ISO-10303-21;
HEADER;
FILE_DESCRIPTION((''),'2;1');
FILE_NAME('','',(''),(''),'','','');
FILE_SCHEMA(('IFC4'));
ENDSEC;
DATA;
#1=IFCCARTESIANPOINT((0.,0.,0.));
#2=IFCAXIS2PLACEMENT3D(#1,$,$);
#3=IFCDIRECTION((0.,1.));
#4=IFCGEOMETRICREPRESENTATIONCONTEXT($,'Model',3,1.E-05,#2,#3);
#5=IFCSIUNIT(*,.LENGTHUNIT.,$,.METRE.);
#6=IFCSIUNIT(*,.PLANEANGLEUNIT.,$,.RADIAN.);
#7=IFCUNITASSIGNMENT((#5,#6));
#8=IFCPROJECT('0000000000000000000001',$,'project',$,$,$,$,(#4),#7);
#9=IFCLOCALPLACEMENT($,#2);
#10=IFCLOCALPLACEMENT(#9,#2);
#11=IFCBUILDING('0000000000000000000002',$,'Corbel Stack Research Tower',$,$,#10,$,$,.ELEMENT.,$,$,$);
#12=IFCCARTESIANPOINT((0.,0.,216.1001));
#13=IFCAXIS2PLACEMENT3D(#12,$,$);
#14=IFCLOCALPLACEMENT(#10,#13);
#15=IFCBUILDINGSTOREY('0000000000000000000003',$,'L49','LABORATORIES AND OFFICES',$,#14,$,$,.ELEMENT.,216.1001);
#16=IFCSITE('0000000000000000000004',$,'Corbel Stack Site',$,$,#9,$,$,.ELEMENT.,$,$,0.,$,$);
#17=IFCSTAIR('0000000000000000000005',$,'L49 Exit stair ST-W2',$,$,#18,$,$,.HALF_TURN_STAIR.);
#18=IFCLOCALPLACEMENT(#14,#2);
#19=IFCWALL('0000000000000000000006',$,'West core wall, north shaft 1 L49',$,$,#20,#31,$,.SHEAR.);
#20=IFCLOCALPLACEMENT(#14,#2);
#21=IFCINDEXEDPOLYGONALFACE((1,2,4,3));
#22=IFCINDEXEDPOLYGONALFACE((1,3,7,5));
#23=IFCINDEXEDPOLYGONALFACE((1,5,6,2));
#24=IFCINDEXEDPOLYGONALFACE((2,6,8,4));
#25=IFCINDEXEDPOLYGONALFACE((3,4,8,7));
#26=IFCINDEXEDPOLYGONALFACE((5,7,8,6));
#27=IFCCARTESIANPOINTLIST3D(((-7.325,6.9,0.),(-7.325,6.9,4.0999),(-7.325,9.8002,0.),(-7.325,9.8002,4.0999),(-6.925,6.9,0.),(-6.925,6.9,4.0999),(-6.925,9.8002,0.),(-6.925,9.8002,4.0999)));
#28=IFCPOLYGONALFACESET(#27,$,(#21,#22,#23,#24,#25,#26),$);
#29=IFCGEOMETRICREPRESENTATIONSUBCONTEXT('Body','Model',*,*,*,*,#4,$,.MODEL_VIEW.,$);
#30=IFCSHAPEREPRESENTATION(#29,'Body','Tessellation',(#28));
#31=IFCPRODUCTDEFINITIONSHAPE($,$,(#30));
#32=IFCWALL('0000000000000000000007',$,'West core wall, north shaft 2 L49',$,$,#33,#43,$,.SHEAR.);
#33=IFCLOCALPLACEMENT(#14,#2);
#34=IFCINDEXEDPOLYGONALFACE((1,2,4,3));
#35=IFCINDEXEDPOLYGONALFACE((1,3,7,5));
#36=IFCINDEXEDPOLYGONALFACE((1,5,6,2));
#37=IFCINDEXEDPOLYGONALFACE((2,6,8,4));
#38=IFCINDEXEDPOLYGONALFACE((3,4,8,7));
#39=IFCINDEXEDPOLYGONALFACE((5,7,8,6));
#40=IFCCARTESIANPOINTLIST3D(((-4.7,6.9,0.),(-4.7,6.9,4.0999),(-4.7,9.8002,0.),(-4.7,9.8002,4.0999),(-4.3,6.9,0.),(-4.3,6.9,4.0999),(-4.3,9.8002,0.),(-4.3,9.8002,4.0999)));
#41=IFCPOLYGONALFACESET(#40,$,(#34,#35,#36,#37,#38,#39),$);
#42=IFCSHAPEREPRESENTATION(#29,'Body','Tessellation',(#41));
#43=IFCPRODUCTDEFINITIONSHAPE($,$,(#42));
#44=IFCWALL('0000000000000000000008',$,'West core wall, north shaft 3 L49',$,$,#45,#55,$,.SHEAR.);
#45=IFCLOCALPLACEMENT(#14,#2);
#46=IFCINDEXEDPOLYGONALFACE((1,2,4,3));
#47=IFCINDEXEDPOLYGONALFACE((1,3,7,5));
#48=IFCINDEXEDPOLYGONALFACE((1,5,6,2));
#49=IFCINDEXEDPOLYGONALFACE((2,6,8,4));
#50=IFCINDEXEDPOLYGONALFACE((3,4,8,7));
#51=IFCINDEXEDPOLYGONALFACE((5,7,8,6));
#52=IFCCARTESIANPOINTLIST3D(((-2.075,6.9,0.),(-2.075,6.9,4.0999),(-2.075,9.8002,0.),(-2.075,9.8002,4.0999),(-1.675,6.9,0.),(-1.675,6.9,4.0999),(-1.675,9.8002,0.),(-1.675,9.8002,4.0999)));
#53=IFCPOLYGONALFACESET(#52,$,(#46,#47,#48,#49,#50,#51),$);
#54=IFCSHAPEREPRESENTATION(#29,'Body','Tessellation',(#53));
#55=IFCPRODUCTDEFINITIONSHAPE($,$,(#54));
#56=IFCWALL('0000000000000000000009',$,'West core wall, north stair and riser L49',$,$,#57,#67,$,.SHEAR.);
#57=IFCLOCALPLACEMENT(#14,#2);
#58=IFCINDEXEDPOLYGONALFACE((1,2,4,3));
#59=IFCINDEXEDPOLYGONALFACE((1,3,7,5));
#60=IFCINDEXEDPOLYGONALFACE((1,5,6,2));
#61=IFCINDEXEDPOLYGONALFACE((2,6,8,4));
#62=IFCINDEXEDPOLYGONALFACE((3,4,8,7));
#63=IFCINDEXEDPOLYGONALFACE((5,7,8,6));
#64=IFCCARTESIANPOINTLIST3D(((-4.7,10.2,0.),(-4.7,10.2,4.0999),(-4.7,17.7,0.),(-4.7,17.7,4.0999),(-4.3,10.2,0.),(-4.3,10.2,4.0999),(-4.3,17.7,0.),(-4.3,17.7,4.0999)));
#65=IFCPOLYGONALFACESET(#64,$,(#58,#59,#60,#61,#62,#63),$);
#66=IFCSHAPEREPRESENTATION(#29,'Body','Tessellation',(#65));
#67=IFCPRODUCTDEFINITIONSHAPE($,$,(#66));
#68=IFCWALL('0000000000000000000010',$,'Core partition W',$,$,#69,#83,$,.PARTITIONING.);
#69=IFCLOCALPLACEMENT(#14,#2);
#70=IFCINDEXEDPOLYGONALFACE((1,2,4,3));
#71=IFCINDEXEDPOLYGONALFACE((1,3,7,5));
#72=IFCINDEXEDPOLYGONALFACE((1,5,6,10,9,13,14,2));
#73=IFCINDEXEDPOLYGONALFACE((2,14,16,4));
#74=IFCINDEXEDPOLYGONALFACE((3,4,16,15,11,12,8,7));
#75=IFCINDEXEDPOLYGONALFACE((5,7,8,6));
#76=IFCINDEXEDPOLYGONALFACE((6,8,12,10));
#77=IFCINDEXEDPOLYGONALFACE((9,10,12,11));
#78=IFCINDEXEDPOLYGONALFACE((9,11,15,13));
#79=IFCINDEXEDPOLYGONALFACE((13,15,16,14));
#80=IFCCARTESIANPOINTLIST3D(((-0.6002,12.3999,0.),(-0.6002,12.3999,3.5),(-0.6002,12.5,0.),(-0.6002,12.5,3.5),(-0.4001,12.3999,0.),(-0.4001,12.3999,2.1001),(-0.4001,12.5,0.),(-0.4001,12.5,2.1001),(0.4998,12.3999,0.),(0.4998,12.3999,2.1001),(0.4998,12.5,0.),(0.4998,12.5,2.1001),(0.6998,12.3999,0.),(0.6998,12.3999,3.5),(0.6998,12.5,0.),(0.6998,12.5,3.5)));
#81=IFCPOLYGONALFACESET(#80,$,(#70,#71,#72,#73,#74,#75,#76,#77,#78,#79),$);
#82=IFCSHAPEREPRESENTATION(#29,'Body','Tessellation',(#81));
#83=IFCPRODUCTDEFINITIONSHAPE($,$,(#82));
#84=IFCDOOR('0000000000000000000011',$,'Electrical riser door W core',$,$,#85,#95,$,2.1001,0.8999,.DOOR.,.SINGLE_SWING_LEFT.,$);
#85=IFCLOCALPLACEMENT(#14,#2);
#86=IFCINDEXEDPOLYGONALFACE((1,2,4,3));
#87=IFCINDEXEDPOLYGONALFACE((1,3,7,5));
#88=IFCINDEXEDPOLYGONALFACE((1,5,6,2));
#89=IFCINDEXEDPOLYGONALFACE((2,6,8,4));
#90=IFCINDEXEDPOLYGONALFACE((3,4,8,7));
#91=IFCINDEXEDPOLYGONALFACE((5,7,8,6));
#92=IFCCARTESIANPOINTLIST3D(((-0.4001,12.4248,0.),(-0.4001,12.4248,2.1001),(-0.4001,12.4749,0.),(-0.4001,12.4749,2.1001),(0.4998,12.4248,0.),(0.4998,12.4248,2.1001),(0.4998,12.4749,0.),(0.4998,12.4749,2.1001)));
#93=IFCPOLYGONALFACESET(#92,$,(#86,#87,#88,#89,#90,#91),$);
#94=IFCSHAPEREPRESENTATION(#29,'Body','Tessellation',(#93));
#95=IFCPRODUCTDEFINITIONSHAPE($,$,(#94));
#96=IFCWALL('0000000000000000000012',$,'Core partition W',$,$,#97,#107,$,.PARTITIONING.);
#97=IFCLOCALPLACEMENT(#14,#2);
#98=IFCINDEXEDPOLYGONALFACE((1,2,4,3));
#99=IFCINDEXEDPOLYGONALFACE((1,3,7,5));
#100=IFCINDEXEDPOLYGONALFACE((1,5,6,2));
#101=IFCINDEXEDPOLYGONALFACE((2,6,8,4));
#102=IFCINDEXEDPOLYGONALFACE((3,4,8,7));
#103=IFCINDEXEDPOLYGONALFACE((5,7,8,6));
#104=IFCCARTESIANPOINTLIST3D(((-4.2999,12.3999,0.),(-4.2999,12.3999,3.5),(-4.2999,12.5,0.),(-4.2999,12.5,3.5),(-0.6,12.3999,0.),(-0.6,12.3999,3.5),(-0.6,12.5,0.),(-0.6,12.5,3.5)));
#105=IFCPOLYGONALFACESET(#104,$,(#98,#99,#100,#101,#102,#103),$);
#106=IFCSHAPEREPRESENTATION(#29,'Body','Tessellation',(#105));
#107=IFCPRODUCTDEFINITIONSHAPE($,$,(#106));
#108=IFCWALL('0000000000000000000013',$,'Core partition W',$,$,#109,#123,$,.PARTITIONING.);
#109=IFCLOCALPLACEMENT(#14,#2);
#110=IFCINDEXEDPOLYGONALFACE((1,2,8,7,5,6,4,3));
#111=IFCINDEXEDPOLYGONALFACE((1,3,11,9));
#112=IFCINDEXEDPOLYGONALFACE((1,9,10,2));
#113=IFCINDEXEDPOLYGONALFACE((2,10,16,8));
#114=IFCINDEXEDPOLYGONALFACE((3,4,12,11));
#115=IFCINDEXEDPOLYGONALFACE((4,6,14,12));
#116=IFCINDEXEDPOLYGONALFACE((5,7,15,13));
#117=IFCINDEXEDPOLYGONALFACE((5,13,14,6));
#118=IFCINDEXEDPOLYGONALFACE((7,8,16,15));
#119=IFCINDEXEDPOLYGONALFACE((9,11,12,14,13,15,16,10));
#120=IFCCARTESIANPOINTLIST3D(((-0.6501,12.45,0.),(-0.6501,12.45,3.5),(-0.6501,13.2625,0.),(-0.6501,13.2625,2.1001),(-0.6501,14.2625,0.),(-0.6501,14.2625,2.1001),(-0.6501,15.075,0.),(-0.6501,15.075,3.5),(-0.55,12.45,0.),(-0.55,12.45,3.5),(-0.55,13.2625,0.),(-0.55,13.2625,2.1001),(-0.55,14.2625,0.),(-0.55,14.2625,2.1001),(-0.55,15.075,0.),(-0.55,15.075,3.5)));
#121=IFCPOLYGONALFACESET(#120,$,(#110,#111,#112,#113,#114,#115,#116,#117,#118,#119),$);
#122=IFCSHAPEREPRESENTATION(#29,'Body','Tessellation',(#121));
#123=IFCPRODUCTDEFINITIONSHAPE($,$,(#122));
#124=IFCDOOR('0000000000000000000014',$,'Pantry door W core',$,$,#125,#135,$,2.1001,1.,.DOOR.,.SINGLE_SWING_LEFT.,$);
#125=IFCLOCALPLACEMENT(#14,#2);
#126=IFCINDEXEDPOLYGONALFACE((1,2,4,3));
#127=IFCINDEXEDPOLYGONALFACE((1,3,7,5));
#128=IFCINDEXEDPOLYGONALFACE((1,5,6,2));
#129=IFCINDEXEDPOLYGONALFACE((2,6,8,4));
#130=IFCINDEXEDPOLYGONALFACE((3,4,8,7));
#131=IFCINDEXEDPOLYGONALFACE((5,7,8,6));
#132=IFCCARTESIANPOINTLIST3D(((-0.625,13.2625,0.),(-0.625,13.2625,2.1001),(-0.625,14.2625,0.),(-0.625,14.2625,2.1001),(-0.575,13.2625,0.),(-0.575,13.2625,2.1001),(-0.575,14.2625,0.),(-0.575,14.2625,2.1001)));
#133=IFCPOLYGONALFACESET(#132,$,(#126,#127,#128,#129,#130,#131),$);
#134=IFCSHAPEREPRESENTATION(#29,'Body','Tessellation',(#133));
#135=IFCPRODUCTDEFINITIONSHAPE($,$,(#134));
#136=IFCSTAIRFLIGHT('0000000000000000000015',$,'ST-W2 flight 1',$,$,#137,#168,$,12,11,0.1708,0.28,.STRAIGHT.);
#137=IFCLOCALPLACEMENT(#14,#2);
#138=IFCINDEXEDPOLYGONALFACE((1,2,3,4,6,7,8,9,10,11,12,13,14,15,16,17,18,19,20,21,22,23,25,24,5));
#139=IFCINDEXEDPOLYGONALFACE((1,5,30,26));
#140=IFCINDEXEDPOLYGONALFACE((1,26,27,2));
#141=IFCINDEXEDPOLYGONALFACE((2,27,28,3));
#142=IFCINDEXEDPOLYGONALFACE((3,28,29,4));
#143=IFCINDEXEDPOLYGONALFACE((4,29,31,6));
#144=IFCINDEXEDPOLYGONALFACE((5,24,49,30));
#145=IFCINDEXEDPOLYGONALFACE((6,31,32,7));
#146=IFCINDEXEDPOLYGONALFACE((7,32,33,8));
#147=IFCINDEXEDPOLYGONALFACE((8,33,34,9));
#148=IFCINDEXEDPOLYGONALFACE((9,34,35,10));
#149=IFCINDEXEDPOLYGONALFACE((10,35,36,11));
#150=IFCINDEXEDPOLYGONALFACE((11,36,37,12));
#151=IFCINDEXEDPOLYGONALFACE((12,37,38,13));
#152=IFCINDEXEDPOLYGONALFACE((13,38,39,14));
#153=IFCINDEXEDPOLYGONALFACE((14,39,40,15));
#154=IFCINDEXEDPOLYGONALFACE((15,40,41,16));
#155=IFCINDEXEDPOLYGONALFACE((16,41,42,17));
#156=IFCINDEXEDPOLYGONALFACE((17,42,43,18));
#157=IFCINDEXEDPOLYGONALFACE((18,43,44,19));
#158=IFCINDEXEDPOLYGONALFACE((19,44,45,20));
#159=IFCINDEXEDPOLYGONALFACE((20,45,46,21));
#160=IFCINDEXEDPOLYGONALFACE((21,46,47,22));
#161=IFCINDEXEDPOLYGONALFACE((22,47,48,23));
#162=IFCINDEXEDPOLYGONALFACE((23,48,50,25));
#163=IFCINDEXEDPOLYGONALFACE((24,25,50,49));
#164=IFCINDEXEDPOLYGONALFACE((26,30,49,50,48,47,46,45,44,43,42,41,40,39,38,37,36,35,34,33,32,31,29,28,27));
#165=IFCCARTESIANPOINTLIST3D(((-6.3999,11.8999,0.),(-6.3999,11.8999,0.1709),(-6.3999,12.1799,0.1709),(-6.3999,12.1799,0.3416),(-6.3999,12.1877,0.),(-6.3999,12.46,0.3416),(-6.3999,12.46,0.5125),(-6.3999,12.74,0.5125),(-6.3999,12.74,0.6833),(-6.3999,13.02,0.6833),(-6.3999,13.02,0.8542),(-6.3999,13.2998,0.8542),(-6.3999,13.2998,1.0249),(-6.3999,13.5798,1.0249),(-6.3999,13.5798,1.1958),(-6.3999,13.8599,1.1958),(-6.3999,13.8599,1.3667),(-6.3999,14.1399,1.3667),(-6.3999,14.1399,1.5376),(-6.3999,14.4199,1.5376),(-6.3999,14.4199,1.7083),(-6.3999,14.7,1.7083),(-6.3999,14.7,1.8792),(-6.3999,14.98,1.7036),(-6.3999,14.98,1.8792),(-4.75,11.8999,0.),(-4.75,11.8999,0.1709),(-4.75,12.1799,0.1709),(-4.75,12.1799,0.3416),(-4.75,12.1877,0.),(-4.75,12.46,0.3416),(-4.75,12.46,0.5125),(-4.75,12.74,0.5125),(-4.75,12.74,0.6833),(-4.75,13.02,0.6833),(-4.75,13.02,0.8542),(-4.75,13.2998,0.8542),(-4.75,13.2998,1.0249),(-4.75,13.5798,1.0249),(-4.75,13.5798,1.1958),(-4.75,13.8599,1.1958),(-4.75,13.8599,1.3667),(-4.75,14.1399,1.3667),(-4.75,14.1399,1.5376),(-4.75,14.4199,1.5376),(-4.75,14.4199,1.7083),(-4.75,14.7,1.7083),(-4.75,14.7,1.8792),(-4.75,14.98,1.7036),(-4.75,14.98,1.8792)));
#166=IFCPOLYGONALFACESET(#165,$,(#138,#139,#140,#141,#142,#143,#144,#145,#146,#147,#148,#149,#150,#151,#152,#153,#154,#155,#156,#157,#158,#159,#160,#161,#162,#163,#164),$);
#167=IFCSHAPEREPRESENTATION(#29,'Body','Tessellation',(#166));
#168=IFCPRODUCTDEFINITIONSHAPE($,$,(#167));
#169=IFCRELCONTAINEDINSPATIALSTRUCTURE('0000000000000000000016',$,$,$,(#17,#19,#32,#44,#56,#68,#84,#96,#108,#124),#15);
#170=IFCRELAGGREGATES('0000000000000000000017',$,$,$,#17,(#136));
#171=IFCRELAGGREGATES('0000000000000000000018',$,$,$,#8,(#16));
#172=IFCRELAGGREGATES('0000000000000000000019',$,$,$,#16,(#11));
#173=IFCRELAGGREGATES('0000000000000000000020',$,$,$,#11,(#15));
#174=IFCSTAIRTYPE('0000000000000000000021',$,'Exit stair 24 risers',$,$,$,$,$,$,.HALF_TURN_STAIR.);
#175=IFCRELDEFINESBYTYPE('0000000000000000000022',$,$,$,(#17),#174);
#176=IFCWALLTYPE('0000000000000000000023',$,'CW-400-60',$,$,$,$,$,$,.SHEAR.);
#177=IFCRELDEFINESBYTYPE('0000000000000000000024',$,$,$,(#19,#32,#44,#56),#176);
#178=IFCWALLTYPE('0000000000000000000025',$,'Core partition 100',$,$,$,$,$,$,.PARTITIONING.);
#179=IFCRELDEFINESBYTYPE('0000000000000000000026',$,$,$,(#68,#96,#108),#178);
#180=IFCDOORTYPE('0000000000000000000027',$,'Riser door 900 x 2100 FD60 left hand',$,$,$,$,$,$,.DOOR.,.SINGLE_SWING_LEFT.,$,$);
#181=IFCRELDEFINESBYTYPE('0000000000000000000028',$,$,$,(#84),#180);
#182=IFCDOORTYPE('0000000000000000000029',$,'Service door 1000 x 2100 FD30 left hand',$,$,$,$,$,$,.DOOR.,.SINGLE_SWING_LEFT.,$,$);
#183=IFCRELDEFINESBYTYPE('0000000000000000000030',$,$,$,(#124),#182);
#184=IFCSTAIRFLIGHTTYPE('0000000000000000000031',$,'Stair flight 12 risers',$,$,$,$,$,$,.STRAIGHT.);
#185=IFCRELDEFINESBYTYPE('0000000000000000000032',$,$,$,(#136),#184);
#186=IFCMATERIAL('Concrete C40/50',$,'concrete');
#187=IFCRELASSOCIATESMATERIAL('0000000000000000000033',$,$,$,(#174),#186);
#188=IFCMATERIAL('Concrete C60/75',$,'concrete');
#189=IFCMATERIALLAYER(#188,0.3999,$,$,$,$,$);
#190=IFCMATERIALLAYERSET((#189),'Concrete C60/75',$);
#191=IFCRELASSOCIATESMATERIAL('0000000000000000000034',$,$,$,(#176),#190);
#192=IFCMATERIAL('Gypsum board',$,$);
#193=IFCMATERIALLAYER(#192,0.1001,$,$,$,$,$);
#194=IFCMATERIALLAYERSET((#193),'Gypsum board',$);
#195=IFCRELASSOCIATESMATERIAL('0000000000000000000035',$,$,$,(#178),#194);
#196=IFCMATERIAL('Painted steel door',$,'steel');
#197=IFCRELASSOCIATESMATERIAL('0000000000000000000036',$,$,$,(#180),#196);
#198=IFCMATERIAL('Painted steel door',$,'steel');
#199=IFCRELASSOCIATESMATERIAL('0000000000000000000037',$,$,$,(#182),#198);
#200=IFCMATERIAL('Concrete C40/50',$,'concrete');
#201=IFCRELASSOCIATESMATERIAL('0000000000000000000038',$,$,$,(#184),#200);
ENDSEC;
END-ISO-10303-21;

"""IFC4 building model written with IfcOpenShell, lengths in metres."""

from ifc_helpers import new_model, si_unit, direction, frame, frame_2d, origin, place, context, subcontext, project, spatial, polyline, rectangle, outline, extrude, material, layer, layer_set, type_object, element, fill, aggregate, save


model = new_model("IFC4")

# Units and contexts
model_context = context("Model", 3, precision=1e-05, world=origin(), true_north=direction((0.0, 1.0)))
body_context = subcontext(model_context, "Body", "Model", "MODEL_VIEW")
ifc_project = project(units=[si_unit("LENGTHUNIT", "METRE"), si_unit("PLANEANGLEUNIT", "RADIAN")], contexts=[model_context])

# Site, building, storey
site_placement = place(None, origin())
site = spatial("IfcSite", under=ifc_project, at=site_placement, Name="Corbel Stack Site", CompositionType="ELEMENT", RefElevation=0.0)
building_placement = place(site_placement, origin())
building = spatial("IfcBuilding", under=site, at=building_placement, Name="Corbel Stack Research Tower", CompositionType="ELEMENT")
storey_placement = place(building_placement, frame((0.0, 0.0, 216.1001)))
storey = spatial("IfcBuildingStorey", under=building, at=storey_placement, Name="L49", Description="LABORATORIES AND OFFICES", CompositionType="ELEMENT", Elevation=216.1001)

# Stair
ifc_material_1 = material(Name="Concrete C40/50", Category="concrete")
stair_type = type_object("IfcStairType", Name="Exit stair 24 risers", PredefinedType="HALF_TURN_STAIR", material=ifc_material_1)
stair_1_placement = place(storey_placement, origin())
stair_1 = element("IfcStair", 1, at=stair_1_placement, inside=storey, type_object=stair_type, Name="L49 Exit stair ST-W2", PredefinedType="HALF_TURN_STAIR")

# Walls
ifc_material_2 = material(Name="Concrete C60/75", Category="concrete")
ifc_layer_1 = layer(ifc_material_2, 0.3999)
ifc_layer_set_1 = layer_set([ifc_layer_1], Name="Concrete C60/75")
wall_type_1 = type_object("IfcWallType", Name="CW-400-60", PredefinedType="SHEAR", material=ifc_layer_set_1)
for number, where, z_axis, x_axis, name in (
    (2, (-7.125, 6.8999, 0.0), (0.0, 0.0, 1.0), (0.0, 1.0, 0.0), "West core wall, north shaft 1 L49"),
    (3, (-4.5, 6.8999, 0.0), (0.0, 0.0, 1.0), (0.0, 1.0, 0.0), "West core wall, north shaft 2 L49"),
    (4, (-1.875, 6.8999, 0.0), (0.0, 0.0, 1.0), (0.0, 1.0, 0.0), "West core wall, north shaft 3 L49"),
):
    element("IfcWall", number, at=place(storey_placement, frame(where, z_axis=z_axis, x_axis=x_axis)), inside=storey, type_object=wall_type_1, Name=name, PredefinedType="SHEAR", context=body_context, shape_type="SweptSolid", body=[
        extrude(rectangle(XDim=2.9001, YDim=0.3999, at=frame_2d((1.4502, 0.0))), origin(), (0.0, 0.0, 1.0), 4.0999),
    ])
wall_1_placement = place(storey_placement, frame((-4.5, 10.2, 0.0), z_axis=(0.0, 0.0, 1.0), x_axis=(0.0, 1.0, 0.0)))
element("IfcWall", 5, at=wall_1_placement, inside=storey, type_object=wall_type_1, Name="West core wall, north stair and riser L49", PredefinedType="SHEAR", context=body_context, shape_type="SweptSolid", body=[
    extrude(rectangle(XDim=7.5, YDim=0.3999, at=frame_2d((3.75, 0.0))), origin(), (0.0, 0.0, 1.0), 4.0999),
])

# Wall, opening, door
ifc_material_3 = material(Name="Gypsum board")
ifc_layer_2 = layer(ifc_material_3, 0.1001)
ifc_layer_set_2 = layer_set([ifc_layer_2], Name="Gypsum board")
wall_type_2 = type_object("IfcWallType", Name="Core partition 100", PredefinedType="PARTITIONING", material=ifc_layer_set_2)
wall_2_placement = place(storey_placement, frame((-0.6001, 12.45, 0.0), z_axis=(0.0, 0.0, 1.0), x_axis=(1.0, 0.0, 0.0)))
wall_2 = element("IfcWall", 6, at=wall_2_placement, inside=storey, type_object=wall_type_2, Name="Core partition W", PredefinedType="PARTITIONING", context=body_context, shape_type="SweptSolid", body=[
    extrude(rectangle(XDim=1.3, YDim=0.1001, at=frame_2d((0.6499, 0.0))), origin(), (0.0, 0.0, 1.0), 3.5),
])
opening_1_placement = place(wall_2_placement, frame((0.2, 0.0, 0.0)))
opening_1 = element("IfcOpeningElement", 7, at=opening_1_placement, cuts=wall_2, PredefinedType="OPENING", context=body_context, shape_type="SweptSolid", body=[
    extrude(rectangle(XDim=0.8999, YDim=2.1001, at=frame_2d((0.45, 1.05))), frame((0.0, 0.0601, 0.0), z_axis=(0.0, -1.0, 0.0), x_axis=(1.0, 0.0, 0.0)), (0.0, 0.0, 1.0), 0.1201),
])
ifc_material_4 = material(Name="Painted steel door", Category="steel")
door_type_1 = type_object("IfcDoorType", Name="Riser door 900 x 2100 FD60 left hand", OperationType="SINGLE_SWING_LEFT", PredefinedType="DOOR", material=ifc_material_4)
door_1_placement = place(opening_1_placement, origin())
door_1 = element("IfcDoor", 8, at=door_1_placement, inside=storey, type_object=door_type_1, Name="Electrical riser door W core", OperationType="SINGLE_SWING_LEFT", OverallHeight=2.1001, OverallWidth=0.8999, PredefinedType="DOOR", context=body_context, shape_type="SweptSolid", body=[
    extrude(rectangle(XDim=0.8999, YDim=2.1001, at=frame_2d((0.45, 1.05))), frame((0.0, 0.0249, 0.0), z_axis=(0.0, -1.0, 0.0), x_axis=(1.0, 0.0, 0.0)), (0.0, 0.0, 1.0), 0.05),
])
fill(opening_1, door_1)

# Wall
wall_3_placement = place(storey_placement, frame((-4.3, 12.45, 0.0), z_axis=(0.0, 0.0, 1.0), x_axis=(1.0, 0.0, 0.0)))
element("IfcWall", 9, at=wall_3_placement, inside=storey, type_object=wall_type_2, Name="Core partition W", PredefinedType="PARTITIONING", context=body_context, shape_type="SweptSolid", body=[
    extrude(rectangle(XDim=3.7, YDim=0.1001, at=frame_2d((1.8501, 0.0))), origin(), (0.0, 0.0, 1.0), 3.5),
])

# Wall, opening, door
wall_4_placement = place(storey_placement, frame((-0.6001, 12.45, 0.0), z_axis=(0.0, 0.0, 1.0), x_axis=(0.0, 1.0, 0.0)))
wall_4 = element("IfcWall", 10, at=wall_4_placement, inside=storey, type_object=wall_type_2, Name="Core partition W", PredefinedType="PARTITIONING", context=body_context, shape_type="SweptSolid", body=[
    extrude(rectangle(XDim=2.625, YDim=0.1001, at=frame_2d((1.3125, 0.0))), origin(), (0.0, 0.0, 1.0), 3.5),
])
opening_2_placement = place(wall_4_placement, frame((0.8125, 0.0, 0.0)))
opening_2 = element("IfcOpeningElement", 11, at=opening_2_placement, cuts=wall_4, PredefinedType="OPENING", context=body_context, shape_type="SweptSolid", body=[
    extrude(rectangle(XDim=1.0, YDim=2.1001, at=frame_2d((0.5, 1.05))), frame((0.0, 0.0601, 0.0), z_axis=(0.0, -1.0, 0.0), x_axis=(1.0, 0.0, 0.0)), (0.0, 0.0, 1.0), 0.1201),
])
ifc_material_5 = material(Name="Painted steel door", Category="steel")
door_type_2 = type_object("IfcDoorType", Name="Service door 1000 x 2100 FD30 left hand", OperationType="SINGLE_SWING_LEFT", PredefinedType="DOOR", material=ifc_material_5)
door_2_placement = place(opening_2_placement, origin())
door_2 = element("IfcDoor", 12, at=door_2_placement, inside=storey, type_object=door_type_2, Name="Pantry door W core", OperationType="SINGLE_SWING_LEFT", OverallHeight=2.1001, OverallWidth=1.0, PredefinedType="DOOR", context=body_context, shape_type="SweptSolid", body=[
    extrude(rectangle(XDim=1.0, YDim=2.1001, at=frame_2d((0.5, 1.05))), frame((0.0, 0.0249, 0.0), z_axis=(0.0, -1.0, 0.0), x_axis=(1.0, 0.0, 0.0)), (0.0, 0.0, 1.0), 0.05),
])
fill(opening_2, door_2)

# Stair flight
ifc_material_6 = material(Name="Concrete C40/50", Category="concrete")
stair_flight_type = type_object("IfcStairFlightType", Name="Stair flight 12 risers", PredefinedType="STRAIGHT", material=ifc_material_6)
stair_flight_placement = place(storey_placement, frame((-5.575, 11.8999, 0.0), z_axis=(0.0, 0.0, 1.0), x_axis=(0.0, 1.0, 0.0)))
stair_flight = element("IfcStairFlight", 13, at=stair_flight_placement, type_object=stair_flight_type, Name="ST-W2 flight 1", NumberOfRisers=12, NumberOfTreads=11, PredefinedType="STRAIGHT", RiserHeight=0.1708, TreadLength=0.28, context=body_context, shape_type="SweptSolid", body=[
    extrude(outline(polyline([(0.0, 0.0), (0.0, 0.1709), (0.28, 0.1709), (0.28, 0.3416), (0.5601, 0.3416), (0.5601, 0.5125), (0.8401, 0.5125), (0.8401, 0.6833), (1.1201, 0.6833), (1.1201, 0.8542), (1.3999, 0.8542), (1.3999, 1.0249), (1.6799, 1.0249), (1.6799, 1.1958), (1.96, 1.1958), (1.96, 1.3667), (2.24, 1.3667), (2.24, 1.5376), (2.52, 1.5376), (2.52, 1.7083), (2.8, 1.7083), (2.8, 1.8792), (3.0801, 1.8792), (3.0801, 2.05), (3.0801, 1.7036), (0.2878, 0.0), (0.0, 0.0)])), frame((0.0, 0.825, 0.0), z_axis=(0.0, -1.0, 0.0), x_axis=(1.0, 0.0, 0.0)), (0.0, 0.0, 1.0), 1.6499),
])
aggregate(stair_1, [stair_flight])

save(model, "model.ifc")
